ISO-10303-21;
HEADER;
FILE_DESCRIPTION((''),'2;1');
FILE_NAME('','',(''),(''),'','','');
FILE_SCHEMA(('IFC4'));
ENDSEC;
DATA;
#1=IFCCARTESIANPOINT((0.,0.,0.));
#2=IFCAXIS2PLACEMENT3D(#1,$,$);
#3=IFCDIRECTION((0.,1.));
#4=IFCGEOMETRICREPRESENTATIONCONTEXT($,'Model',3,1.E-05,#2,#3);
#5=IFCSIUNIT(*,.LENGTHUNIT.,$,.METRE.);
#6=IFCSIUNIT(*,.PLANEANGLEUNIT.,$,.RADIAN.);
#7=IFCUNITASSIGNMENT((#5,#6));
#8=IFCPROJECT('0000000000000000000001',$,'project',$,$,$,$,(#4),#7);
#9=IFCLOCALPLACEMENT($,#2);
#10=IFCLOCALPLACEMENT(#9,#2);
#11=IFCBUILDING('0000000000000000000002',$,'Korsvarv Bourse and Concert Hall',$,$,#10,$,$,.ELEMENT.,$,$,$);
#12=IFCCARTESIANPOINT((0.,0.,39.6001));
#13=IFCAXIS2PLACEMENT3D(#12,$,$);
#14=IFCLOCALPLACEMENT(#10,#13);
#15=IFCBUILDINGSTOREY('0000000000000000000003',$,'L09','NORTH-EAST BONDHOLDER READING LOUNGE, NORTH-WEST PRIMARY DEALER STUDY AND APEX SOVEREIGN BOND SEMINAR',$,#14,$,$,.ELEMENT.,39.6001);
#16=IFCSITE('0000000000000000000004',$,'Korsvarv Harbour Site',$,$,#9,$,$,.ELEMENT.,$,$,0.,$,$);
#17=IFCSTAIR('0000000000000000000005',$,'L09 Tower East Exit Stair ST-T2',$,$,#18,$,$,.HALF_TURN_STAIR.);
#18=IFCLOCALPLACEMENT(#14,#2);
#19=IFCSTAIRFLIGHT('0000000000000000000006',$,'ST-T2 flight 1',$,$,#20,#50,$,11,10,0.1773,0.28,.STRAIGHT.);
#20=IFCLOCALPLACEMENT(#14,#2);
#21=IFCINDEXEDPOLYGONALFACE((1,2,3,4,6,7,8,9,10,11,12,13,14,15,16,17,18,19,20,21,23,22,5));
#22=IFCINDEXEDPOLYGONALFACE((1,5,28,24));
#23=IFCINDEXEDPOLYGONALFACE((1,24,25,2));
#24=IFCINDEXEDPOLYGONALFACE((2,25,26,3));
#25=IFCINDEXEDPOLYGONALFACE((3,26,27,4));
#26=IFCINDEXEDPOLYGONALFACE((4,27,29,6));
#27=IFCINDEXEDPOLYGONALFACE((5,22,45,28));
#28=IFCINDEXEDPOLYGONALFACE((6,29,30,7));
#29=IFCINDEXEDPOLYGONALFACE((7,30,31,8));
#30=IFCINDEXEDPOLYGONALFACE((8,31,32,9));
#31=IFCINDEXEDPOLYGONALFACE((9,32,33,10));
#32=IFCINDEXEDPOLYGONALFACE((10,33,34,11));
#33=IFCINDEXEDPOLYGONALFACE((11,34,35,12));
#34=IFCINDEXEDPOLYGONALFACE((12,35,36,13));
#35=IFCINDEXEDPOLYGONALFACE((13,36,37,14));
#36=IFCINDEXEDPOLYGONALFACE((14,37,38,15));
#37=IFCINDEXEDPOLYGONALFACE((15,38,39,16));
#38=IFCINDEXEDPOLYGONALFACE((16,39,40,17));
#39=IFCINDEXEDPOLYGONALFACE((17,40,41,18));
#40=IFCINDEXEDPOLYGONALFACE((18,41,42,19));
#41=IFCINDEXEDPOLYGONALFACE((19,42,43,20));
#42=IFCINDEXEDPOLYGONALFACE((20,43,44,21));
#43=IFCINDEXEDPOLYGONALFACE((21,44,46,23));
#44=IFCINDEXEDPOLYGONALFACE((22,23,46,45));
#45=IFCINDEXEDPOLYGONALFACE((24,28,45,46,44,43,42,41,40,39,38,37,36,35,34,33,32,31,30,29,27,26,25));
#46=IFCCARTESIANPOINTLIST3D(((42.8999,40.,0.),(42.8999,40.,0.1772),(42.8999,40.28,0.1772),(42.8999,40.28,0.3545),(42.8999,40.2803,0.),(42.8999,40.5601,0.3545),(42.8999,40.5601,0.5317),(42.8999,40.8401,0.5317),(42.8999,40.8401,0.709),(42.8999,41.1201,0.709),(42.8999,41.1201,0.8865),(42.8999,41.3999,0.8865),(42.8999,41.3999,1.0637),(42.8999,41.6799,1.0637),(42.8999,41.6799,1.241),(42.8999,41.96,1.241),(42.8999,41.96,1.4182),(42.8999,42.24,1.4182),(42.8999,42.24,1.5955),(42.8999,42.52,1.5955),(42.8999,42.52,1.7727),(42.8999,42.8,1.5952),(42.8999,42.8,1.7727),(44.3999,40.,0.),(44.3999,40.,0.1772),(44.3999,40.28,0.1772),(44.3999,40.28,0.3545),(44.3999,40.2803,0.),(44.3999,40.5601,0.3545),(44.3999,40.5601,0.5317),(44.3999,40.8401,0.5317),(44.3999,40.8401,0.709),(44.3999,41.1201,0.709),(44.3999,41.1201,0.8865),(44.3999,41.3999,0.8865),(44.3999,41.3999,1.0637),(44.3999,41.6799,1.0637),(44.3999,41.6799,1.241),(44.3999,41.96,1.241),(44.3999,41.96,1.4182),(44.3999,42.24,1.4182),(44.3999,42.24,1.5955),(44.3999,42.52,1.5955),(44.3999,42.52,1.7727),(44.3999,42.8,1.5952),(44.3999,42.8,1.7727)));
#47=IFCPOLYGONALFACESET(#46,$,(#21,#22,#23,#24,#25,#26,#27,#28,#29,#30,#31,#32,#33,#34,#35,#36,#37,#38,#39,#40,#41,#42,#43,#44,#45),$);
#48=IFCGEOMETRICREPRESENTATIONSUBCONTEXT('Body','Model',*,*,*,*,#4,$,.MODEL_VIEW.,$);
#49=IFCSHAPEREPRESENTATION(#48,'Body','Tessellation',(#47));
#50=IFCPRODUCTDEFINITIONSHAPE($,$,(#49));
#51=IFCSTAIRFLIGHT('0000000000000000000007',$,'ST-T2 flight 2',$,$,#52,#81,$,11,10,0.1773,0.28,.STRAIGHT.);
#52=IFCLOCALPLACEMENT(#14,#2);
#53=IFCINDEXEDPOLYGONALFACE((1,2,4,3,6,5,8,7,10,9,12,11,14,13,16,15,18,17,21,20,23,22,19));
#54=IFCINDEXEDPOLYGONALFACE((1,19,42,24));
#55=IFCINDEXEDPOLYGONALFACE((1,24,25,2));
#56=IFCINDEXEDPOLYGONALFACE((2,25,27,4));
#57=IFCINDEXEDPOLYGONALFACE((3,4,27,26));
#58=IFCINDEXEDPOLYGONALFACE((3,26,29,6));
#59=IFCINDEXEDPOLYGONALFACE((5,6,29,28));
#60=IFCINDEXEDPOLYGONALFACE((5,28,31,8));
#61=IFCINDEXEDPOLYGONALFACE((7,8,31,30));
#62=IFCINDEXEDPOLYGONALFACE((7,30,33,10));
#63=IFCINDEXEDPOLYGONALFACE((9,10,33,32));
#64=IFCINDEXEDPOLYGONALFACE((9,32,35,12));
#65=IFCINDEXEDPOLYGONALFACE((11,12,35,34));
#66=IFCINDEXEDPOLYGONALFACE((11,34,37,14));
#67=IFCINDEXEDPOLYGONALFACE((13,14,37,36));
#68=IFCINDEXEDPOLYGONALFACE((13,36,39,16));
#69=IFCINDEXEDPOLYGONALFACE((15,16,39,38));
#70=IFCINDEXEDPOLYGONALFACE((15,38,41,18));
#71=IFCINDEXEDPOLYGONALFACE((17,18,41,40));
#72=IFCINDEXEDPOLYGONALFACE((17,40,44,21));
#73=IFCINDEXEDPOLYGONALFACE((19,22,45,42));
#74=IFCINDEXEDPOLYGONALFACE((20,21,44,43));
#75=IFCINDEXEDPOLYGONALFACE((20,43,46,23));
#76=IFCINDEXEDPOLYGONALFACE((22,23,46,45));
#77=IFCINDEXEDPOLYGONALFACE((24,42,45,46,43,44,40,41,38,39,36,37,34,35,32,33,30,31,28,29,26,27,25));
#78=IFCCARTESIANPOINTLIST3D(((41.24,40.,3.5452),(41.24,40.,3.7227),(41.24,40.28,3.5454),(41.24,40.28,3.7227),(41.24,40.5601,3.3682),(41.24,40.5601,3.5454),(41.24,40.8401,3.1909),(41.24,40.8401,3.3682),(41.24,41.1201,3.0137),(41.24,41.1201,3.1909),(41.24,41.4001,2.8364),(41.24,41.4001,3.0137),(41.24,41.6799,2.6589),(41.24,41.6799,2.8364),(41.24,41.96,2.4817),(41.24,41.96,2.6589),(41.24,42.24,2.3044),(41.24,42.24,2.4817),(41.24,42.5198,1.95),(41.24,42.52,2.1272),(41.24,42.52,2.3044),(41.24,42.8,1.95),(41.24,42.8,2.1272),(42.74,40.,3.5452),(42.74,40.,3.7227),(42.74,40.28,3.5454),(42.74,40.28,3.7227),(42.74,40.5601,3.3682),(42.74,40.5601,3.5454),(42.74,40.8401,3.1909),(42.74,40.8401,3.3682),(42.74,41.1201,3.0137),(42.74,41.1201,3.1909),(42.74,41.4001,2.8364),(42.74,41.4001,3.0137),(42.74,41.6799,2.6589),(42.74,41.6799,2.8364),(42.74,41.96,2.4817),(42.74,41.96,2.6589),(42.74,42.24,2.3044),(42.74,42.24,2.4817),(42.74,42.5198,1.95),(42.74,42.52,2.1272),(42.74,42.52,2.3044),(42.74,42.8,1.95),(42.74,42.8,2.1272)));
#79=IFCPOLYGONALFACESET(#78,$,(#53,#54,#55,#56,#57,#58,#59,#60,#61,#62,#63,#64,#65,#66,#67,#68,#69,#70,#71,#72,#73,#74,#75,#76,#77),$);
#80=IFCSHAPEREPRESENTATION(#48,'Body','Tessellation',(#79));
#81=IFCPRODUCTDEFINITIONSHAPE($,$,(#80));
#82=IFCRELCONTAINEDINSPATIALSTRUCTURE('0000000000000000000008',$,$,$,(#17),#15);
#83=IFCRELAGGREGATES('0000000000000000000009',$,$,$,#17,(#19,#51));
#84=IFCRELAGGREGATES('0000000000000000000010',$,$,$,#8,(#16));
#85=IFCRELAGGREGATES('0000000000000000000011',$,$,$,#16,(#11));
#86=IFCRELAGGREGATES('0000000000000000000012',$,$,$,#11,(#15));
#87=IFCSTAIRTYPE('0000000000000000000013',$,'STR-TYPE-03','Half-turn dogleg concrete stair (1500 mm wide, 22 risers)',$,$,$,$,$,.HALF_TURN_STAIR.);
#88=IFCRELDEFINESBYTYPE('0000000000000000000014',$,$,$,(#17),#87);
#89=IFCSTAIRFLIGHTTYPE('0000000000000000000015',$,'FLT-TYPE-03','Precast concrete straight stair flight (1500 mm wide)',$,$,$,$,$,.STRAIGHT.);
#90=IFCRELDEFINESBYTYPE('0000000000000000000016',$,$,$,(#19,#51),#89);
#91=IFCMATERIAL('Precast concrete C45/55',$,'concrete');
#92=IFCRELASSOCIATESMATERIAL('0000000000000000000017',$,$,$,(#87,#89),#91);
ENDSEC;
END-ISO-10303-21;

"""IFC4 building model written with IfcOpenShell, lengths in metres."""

from ifc_helpers import new_model, si_unit, direction, frame, origin, place, context, subcontext, project, spatial, polyline, outline, extrude, material, type_object, element, aggregate, save


model = new_model("IFC4")

# Units and contexts
model_context = context("Model", 3, precision=1e-05, world=origin(), true_north=direction((0.0, 1.0)))
body_context = subcontext(model_context, "Body", "Model", "MODEL_VIEW")
ifc_project = project(units=[si_unit("LENGTHUNIT", "METRE"), si_unit("PLANEANGLEUNIT", "RADIAN")], contexts=[model_context])

# Site, building, storey
site_placement = place(None, origin())
site = spatial("IfcSite", under=ifc_project, at=site_placement, Name="Korsvarv Harbour Site", CompositionType="ELEMENT", RefElevation=0.0)
building_placement = place(site_placement, origin())
building = spatial("IfcBuilding", under=site, at=building_placement, Name="Korsvarv Bourse and Concert Hall", CompositionType="ELEMENT")
storey_placement = place(building_placement, frame((0.0, 0.0, 39.6001)))
storey = spatial("IfcBuildingStorey", under=building, at=storey_placement, Name="L09", Description="NORTH-EAST BONDHOLDER READING LOUNGE, NORTH-WEST PRIMARY DEALER STUDY AND APEX SOVEREIGN BOND SEMINAR", CompositionType="ELEMENT", Elevation=39.6001)

# Stair, stair flights
ifc_material_1 = material(Name="Precast concrete C45/55", Category="concrete")
stair_type = type_object("IfcStairType", Name="STR-TYPE-03", Description="Half-turn dogleg concrete stair (1500 mm wide, 22 risers)", PredefinedType="HALF_TURN_STAIR", material=ifc_material_1)
stair_placement = place(storey_placement, origin())
stair = element("IfcStair", 1, at=stair_placement, inside=storey, type_object=stair_type, Name="L09 Tower East Exit Stair ST-T2", PredefinedType="HALF_TURN_STAIR")
stair_flight_type = type_object("IfcStairFlightType", Name="FLT-TYPE-03", Description="Precast concrete straight stair flight (1500 mm wide)", PredefinedType="STRAIGHT", material=ifc_material_1)
stair_flight_1_placement = place(storey_placement, frame((43.6499, 40.0, 0.0), z_axis=(0.0, 0.0, 1.0), x_axis=(0.0, 1.0, 0.0)))
stair_flight_1 = element("IfcStairFlight", 2, at=stair_flight_1_placement, type_object=stair_flight_type, Name="ST-T2 flight 1", NumberOfRisers=11, NumberOfTreads=10, PredefinedType="STRAIGHT", RiserHeight=0.1773, TreadLength=0.28, context=body_context, shape_type="SweptSolid", body=[
    extrude(outline(polyline([(0.0, 0.0), (0.0, 0.1772), (0.28, 0.1772), (0.28, 0.3545), (0.5601, 0.3545), (0.5601, 0.5317), (0.8401, 0.5317), (0.8401, 0.709), (1.1201, 0.709), (1.1201, 0.8865), (1.3999, 0.8865), (1.3999, 1.0637), (1.6799, 1.0637), (1.6799, 1.241), (1.96, 1.241), (1.96, 1.4182), (2.24, 1.4182), (2.24, 1.5955), (2.52, 1.5955), (2.52, 1.7727), (2.8, 1.7727), (2.8, 1.95), (2.8, 1.5952), (0.2803, 0.0), (0.0, 0.0)])), frame((0.0, 0.75, 0.0), z_axis=(0.0, -1.0, 0.0), x_axis=(1.0, 0.0, 0.0)), (0.0, 0.0, 1.0), 1.5),
])
stair_flight_2_placement = place(storey_placement, frame((41.99, 42.8, 1.95), z_axis=(0.0, 0.0, 1.0), x_axis=(0.0, -1.0, 0.0)))
stair_flight_2 = element("IfcStairFlight", 3, at=stair_flight_2_placement, type_object=stair_flight_type, Name="ST-T2 flight 2", NumberOfRisers=11, NumberOfTreads=10, PredefinedType="STRAIGHT", RiserHeight=0.1773, TreadLength=0.28, context=body_context, shape_type="SweptSolid", body=[
    extrude(outline(polyline([(0.0, 0.0), (0.0, 0.1772), (0.28, 0.1772), (0.28, 0.3545), (0.5601, 0.3545), (0.5601, 0.5317), (0.8401, 0.5317), (0.8401, 0.709), (1.1201, 0.709), (1.1201, 0.8865), (1.3999, 0.8865), (1.3999, 1.0637), (1.6799, 1.0637), (1.6799, 1.241), (1.96, 1.241), (1.96, 1.4182), (2.24, 1.4182), (2.24, 1.5955), (2.52, 1.5955), (2.52, 1.7727), (2.8, 1.7727), (2.8, 1.95), (2.8, 1.5952), (0.2803, 0.0), (0.0, 0.0)])), frame((0.0, 0.75, 0.0), z_axis=(0.0, -1.0, 0.0), x_axis=(1.0, 0.0, 0.0)), (0.0, 0.0, 1.0), 1.5),
])
aggregate(stair, [stair_flight_1, stair_flight_2])

save(model, "model.ifc")
